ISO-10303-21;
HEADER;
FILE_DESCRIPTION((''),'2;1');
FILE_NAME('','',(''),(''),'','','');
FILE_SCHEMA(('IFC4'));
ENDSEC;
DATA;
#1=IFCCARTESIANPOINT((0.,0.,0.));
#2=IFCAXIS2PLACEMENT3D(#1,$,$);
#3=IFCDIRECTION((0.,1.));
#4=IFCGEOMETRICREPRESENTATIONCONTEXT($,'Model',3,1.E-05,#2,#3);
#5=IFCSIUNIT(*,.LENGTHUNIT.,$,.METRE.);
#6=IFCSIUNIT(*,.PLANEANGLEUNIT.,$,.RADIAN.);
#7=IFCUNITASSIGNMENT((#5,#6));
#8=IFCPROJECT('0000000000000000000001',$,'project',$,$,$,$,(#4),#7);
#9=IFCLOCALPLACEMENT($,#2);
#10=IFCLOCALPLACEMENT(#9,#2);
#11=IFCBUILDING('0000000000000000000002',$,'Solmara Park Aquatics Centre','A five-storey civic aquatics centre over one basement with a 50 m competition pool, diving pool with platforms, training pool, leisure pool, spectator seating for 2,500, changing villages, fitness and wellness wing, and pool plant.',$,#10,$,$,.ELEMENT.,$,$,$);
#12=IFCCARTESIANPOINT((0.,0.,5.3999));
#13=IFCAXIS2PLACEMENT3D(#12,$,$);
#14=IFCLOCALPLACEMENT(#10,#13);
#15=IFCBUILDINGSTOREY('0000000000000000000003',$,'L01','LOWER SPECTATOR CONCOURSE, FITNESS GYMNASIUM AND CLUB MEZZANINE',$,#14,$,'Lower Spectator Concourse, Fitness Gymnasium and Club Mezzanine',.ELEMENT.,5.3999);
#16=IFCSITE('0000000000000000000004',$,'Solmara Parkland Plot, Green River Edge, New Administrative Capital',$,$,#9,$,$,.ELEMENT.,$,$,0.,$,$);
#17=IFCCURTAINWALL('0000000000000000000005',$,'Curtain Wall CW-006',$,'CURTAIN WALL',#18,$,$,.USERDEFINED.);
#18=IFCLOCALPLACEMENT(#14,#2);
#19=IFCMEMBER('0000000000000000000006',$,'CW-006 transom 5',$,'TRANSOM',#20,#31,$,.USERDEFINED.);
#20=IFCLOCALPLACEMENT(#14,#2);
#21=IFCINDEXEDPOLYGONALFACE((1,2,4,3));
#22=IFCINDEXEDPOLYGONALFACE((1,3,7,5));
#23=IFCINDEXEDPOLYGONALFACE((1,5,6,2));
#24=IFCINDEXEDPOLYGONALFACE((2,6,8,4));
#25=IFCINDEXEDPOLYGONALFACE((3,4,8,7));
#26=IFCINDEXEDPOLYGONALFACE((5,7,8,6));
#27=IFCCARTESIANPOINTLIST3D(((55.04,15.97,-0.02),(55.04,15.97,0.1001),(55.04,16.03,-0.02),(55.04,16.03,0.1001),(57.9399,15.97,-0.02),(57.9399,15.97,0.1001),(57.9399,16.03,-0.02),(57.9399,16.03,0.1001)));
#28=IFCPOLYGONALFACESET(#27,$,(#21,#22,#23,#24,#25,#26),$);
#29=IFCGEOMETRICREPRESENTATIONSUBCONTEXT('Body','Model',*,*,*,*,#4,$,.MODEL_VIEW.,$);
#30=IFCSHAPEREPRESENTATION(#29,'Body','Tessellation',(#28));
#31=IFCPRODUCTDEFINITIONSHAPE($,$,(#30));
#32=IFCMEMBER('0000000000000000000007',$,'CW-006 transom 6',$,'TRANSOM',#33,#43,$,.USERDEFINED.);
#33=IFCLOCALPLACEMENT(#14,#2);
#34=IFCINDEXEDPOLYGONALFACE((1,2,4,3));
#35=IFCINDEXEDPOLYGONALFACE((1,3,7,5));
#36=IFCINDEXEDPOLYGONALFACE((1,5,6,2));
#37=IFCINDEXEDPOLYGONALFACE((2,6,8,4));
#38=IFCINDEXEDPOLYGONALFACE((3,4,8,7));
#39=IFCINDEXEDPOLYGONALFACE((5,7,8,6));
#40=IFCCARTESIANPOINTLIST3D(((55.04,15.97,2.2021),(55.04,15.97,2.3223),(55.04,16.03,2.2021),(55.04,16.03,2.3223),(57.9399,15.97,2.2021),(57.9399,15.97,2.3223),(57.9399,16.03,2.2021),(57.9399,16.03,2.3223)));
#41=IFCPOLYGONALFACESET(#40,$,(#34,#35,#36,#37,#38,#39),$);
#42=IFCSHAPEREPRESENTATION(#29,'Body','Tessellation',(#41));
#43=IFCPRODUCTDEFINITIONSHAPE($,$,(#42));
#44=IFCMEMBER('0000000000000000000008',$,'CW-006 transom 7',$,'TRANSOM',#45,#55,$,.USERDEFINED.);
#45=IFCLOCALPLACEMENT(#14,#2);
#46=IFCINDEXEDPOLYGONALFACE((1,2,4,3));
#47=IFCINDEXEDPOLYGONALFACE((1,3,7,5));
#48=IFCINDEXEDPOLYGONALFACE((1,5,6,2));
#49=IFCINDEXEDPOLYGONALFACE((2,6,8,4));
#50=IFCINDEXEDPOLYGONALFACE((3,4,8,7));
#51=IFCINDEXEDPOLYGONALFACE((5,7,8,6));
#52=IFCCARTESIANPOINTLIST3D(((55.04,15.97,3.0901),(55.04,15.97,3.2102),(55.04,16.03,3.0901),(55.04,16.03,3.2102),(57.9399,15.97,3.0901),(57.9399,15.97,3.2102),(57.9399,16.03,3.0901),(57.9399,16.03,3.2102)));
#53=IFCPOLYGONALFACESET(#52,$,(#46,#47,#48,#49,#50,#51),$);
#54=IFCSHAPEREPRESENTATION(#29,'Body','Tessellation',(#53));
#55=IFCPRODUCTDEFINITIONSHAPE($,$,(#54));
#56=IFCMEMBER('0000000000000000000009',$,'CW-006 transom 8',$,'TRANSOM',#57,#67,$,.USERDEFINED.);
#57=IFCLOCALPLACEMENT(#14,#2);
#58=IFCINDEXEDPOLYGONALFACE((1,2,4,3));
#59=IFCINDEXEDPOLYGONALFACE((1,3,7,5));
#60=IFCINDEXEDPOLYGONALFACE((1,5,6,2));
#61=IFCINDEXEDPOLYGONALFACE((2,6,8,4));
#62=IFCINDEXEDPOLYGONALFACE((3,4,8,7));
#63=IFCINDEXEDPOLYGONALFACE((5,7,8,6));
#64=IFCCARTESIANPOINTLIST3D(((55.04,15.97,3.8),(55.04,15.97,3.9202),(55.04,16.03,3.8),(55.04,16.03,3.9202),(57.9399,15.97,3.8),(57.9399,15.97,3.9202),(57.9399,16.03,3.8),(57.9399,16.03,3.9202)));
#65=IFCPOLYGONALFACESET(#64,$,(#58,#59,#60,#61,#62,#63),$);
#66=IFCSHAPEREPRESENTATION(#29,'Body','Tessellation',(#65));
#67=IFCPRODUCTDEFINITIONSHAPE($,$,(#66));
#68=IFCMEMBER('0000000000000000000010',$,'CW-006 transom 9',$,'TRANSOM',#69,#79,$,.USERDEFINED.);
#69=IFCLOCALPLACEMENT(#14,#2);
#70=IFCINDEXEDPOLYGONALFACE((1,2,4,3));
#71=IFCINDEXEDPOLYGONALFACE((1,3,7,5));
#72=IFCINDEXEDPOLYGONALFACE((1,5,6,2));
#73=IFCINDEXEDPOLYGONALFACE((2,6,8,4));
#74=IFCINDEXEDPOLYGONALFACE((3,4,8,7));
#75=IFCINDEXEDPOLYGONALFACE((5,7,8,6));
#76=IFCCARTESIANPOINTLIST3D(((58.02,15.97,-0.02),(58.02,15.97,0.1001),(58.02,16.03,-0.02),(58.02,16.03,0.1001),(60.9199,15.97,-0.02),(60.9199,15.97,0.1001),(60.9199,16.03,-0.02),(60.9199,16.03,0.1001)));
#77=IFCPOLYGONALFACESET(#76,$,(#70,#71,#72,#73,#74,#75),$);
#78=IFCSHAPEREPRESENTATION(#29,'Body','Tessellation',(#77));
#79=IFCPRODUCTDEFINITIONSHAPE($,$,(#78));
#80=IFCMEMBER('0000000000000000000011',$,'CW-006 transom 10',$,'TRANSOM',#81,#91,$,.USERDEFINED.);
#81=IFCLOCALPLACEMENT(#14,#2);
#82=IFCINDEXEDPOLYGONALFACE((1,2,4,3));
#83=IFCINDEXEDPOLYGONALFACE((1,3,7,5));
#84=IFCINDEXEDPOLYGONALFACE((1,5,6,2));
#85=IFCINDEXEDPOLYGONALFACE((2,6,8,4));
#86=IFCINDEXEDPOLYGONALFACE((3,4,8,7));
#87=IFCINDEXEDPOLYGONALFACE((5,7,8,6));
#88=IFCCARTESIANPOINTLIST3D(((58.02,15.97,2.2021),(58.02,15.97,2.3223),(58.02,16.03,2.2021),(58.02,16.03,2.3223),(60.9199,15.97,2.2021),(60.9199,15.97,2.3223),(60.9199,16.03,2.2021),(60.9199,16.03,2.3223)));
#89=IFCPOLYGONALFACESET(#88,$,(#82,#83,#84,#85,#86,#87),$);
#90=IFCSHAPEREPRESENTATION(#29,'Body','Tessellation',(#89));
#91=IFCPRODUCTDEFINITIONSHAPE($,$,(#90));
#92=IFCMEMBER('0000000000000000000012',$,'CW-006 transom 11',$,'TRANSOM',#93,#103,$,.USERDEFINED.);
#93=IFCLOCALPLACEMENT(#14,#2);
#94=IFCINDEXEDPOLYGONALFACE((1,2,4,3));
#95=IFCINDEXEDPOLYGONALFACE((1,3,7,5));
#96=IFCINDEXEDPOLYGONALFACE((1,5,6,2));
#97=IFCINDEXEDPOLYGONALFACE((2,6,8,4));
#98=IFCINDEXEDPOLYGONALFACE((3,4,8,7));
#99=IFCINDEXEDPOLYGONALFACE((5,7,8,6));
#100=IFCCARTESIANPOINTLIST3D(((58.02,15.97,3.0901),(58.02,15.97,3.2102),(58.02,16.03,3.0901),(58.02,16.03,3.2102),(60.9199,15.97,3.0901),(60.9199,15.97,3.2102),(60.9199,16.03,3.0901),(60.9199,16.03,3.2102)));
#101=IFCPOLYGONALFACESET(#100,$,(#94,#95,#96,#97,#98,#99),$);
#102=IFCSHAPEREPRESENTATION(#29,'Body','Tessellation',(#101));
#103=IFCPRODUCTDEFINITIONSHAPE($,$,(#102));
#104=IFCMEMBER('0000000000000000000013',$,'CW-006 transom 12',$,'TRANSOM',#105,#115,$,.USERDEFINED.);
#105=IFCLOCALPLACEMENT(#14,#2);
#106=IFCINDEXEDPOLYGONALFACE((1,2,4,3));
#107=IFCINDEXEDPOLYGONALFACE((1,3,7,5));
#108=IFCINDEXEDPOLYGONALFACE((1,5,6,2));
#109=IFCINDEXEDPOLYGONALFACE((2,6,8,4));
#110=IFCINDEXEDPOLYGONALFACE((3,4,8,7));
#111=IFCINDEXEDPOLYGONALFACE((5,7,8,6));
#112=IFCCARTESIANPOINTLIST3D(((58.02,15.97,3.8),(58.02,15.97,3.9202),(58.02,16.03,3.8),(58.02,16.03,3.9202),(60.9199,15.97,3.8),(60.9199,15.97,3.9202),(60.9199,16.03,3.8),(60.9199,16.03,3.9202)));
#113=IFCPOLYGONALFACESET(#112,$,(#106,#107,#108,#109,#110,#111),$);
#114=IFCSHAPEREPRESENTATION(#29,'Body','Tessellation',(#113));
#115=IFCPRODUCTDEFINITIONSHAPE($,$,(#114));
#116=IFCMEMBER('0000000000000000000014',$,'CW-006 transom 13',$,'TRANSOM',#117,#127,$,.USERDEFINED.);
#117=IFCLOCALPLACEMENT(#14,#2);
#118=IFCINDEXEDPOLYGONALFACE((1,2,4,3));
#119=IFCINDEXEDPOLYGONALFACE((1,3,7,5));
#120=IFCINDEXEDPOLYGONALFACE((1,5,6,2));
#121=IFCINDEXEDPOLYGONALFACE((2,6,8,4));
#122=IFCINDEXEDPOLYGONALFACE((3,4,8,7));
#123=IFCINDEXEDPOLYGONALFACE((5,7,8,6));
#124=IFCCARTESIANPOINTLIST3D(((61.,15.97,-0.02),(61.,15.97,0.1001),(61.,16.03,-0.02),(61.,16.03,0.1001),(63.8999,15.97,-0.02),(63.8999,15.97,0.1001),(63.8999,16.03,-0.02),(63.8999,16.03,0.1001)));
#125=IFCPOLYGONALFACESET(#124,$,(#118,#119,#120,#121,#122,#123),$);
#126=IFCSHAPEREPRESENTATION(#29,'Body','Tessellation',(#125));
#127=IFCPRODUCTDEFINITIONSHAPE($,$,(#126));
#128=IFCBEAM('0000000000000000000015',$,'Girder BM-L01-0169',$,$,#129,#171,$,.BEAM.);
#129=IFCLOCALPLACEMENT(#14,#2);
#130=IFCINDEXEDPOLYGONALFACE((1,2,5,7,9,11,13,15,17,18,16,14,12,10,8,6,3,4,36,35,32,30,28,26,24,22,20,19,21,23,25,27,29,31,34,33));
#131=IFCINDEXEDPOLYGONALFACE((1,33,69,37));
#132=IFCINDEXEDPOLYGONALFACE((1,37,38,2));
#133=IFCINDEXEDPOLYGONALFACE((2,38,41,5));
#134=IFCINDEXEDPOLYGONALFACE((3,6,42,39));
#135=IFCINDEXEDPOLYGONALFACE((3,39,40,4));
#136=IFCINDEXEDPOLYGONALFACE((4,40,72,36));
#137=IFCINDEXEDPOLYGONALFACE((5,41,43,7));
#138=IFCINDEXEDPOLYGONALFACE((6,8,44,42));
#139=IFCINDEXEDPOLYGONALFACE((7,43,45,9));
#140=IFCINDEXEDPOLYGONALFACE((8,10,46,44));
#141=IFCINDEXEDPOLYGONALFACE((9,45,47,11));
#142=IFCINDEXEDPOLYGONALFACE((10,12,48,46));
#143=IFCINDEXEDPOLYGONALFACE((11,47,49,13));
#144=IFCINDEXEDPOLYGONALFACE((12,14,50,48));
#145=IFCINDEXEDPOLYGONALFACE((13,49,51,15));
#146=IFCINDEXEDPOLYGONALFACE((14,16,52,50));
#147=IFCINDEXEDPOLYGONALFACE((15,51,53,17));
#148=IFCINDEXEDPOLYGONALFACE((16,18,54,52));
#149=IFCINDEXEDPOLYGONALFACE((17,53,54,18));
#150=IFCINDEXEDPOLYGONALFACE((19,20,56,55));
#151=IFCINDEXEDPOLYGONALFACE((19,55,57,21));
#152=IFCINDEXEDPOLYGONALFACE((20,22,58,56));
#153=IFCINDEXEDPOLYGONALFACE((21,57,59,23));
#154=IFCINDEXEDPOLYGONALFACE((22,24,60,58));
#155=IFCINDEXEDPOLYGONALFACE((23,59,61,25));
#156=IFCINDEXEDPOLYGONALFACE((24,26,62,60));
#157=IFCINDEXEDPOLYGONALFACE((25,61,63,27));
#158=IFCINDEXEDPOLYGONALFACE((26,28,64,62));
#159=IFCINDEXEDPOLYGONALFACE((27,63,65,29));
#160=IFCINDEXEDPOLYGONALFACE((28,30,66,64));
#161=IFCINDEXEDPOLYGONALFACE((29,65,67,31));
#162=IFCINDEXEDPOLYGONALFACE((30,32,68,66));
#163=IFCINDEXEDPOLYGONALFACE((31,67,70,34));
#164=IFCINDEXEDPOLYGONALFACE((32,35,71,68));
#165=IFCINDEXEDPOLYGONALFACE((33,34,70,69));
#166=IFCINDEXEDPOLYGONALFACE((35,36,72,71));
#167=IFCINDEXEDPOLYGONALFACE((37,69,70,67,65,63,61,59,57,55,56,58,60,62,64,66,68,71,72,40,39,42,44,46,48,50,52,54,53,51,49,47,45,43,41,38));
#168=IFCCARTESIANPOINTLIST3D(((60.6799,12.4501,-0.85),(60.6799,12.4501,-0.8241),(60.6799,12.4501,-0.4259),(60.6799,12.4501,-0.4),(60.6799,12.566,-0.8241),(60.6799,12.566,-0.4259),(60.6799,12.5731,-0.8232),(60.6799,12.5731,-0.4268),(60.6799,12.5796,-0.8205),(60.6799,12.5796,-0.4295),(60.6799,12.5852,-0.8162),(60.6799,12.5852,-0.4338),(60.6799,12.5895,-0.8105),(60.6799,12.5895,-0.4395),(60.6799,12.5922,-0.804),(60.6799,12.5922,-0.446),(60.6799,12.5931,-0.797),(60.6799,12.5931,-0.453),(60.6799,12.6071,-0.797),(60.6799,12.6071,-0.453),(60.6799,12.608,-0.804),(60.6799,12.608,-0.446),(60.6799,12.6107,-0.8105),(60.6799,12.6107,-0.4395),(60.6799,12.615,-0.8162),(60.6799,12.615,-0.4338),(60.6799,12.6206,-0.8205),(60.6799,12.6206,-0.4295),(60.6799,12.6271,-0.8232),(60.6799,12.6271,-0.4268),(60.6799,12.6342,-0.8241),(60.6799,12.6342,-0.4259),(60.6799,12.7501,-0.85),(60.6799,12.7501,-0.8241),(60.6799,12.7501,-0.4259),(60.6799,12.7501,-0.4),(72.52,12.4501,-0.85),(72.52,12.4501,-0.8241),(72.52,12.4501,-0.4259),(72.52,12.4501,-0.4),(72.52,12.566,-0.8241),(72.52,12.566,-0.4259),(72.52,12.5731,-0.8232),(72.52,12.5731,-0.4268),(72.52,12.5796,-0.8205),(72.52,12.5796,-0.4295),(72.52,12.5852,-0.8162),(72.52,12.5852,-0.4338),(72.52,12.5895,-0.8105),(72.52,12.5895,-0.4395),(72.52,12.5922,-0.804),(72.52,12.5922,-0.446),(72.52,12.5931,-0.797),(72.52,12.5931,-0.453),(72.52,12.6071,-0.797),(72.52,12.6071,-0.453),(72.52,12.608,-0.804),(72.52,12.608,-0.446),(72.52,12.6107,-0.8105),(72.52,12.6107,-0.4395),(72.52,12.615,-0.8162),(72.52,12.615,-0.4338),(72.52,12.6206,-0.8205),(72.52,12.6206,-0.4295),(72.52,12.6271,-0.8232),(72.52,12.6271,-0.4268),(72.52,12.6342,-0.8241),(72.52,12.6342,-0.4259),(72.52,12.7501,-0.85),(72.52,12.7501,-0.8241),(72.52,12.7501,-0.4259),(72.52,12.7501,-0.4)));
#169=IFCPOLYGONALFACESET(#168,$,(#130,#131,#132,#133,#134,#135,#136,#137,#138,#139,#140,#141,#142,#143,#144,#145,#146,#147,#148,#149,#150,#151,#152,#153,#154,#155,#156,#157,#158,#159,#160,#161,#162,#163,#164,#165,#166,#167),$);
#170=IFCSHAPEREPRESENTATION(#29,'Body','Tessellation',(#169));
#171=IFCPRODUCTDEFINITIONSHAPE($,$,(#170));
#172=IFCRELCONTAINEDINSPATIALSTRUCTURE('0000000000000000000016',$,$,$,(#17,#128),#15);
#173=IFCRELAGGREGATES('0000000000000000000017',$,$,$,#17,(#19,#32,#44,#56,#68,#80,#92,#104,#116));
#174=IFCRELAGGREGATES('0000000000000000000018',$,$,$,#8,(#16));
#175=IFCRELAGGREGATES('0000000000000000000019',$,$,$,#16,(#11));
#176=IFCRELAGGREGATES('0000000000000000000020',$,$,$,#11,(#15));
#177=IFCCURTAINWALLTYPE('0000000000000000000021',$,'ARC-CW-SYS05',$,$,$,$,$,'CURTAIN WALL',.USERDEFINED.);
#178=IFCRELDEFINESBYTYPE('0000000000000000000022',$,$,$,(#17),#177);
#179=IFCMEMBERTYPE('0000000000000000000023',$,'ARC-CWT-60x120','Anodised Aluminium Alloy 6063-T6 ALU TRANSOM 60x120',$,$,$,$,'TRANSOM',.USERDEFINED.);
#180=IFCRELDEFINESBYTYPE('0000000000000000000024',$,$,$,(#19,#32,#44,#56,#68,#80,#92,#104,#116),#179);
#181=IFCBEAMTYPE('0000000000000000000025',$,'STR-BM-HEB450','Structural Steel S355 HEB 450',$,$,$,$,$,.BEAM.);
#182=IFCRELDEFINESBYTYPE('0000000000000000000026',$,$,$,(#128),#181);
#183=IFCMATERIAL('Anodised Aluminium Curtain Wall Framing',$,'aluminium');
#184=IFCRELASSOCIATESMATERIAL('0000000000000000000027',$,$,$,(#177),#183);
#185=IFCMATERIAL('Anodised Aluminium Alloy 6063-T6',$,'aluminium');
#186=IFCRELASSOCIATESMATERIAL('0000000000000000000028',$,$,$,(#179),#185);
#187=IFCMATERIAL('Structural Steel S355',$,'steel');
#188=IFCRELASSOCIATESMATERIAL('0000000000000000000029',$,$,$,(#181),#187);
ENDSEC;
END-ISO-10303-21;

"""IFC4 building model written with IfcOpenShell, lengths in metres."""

from ifc_helpers import new_model, si_unit, direction, frame, origin, origin_2d, place, context, subcontext, project, spatial, rectangle, i_section, extrude, material, material_profile, profile_set, type_object, element, aggregate, save


model = new_model("IFC4")

# Units and contexts
model_context = context("Model", 3, precision=1e-05, world=origin(), true_north=direction((0.0, 1.0)))
body_context = subcontext(model_context, "Body", "Model", "MODEL_VIEW")
ifc_project = project(units=[si_unit("LENGTHUNIT", "METRE"), si_unit("PLANEANGLEUNIT", "RADIAN")], contexts=[model_context])

# Site, building, storey
site_placement = place(None, origin())
site = spatial("IfcSite", under=ifc_project, at=site_placement, Name="Solmara Parkland Plot, Green River Edge, New Administrative Capital", CompositionType="ELEMENT", RefElevation=0.0)
building_placement = place(site_placement, origin())
building = spatial("IfcBuilding", under=site, at=building_placement, Name="Solmara Park Aquatics Centre", Description="A five-storey civic aquatics centre over one basement with a 50 m competition pool, diving pool with platforms, training pool, leisure pool, spectator seating for 2,500, changing villages, fitness and wellness wing, and pool plant.", CompositionType="ELEMENT")
storey_placement = place(building_placement, frame((0.0, 0.0, 5.3999)))
storey = spatial("IfcBuildingStorey", under=building, at=storey_placement, Name="L01", Description="LOWER SPECTATOR CONCOURSE, FITNESS GYMNASIUM AND CLUB MEZZANINE", LongName="Lower Spectator Concourse, Fitness Gymnasium and Club Mezzanine", CompositionType="ELEMENT", Elevation=5.3999)

# Shared definitions
ifc_material_1 = material(Name="Structural Steel S355", Category="steel")

# Shared definitions
ifc_material_2 = material(Name="Anodised Aluminium Curtain Wall Framing", Category="aluminium")
curtain_wall_type = type_object("IfcCurtainWallType", Name="ARC-CW-SYS05", ElementType="CURTAIN WALL", PredefinedType="USERDEFINED", material=ifc_material_2)
ifc_material_3 = material(Name="Anodised Aluminium Alloy 6063-T6", Category="aluminium")

# Curtain wall
curtain_wall_1_placement = place(storey_placement, origin())
curtain_wall_1 = element("IfcCurtainWall", 1, at=curtain_wall_1_placement, inside=storey, type_object=curtain_wall_type, Name="Curtain Wall CW-006", ObjectType="CURTAIN WALL", PredefinedType="USERDEFINED")

# Members
ifc_material_profile_1 = material_profile(ifc_material_3, rectangle(XDim=0.0601, YDim=0.1201, at=origin_2d()), Name="ALU TRANSOM 60x120")
ifc_profile_set_1 = profile_set([ifc_material_profile_1], Name="Anodised Aluminium Alloy 6063-T6")
member_type_1 = type_object("IfcMemberType", Name="ARC-CWT-60x120", Description="Anodised Aluminium Alloy 6063-T6 ALU TRANSOM 60x120", ElementType="TRANSOM", PredefinedType="USERDEFINED", material=ifc_profile_set_1)
member_1_placement = place(storey_placement, frame((55.04, 16.0, 0.04), z_axis=(1.0, 0.0, 0.0), x_axis=(0.0, 1.0, 0.0)))
member_1 = element("IfcMember", 2, at=member_1_placement, type_object=member_type_1, Name="CW-006 transom 5", ObjectType="TRANSOM", PredefinedType="USERDEFINED", context=body_context, shape_type="SweptSolid", body=[
    extrude(rectangle(XDim=0.0601, YDim=0.1201, at=origin_2d()), origin(), (0.0, 0.0, 1.0), 2.8999),
])
member_2_placement = place(storey_placement, frame((55.04, 16.0, 2.2622), z_axis=(1.0, 0.0, 0.0), x_axis=(0.0, 1.0, 0.0)))
member_2 = element("IfcMember", 3, at=member_2_placement, type_object=member_type_1, Name="CW-006 transom 6", ObjectType="TRANSOM", PredefinedType="USERDEFINED", context=body_context, shape_type="SweptSolid", body=[
    extrude(rectangle(XDim=0.0601, YDim=0.1201, at=origin_2d()), origin(), (0.0, 0.0, 1.0), 2.8999),
])
member_3_placement = place(storey_placement, frame((55.04, 16.0, 3.1501), z_axis=(1.0, 0.0, 0.0), x_axis=(0.0, 1.0, 0.0)))
member_3 = element("IfcMember", 4, at=member_3_placement, type_object=member_type_1, Name="CW-006 transom 7", ObjectType="TRANSOM", PredefinedType="USERDEFINED", context=body_context, shape_type="SweptSolid", body=[
    extrude(rectangle(XDim=0.0601, YDim=0.1201, at=origin_2d()), origin(), (0.0, 0.0, 1.0), 2.8999),
])
member_4_placement = place(storey_placement, frame((55.04, 16.0, 3.8601), z_axis=(1.0, 0.0, 0.0), x_axis=(0.0, 1.0, 0.0)))
member_4 = element("IfcMember", 5, at=member_4_placement, type_object=member_type_1, Name="CW-006 transom 8", ObjectType="TRANSOM", PredefinedType="USERDEFINED", context=body_context, shape_type="SweptSolid", body=[
    extrude(rectangle(XDim=0.0601, YDim=0.1201, at=origin_2d()), origin(), (0.0, 0.0, 1.0), 2.8999),
])
member_5_placement = place(storey_placement, frame((58.02, 16.0, 0.04), z_axis=(1.0, 0.0, 0.0), x_axis=(0.0, 1.0, 0.0)))
member_5 = element("IfcMember", 6, at=member_5_placement, type_object=member_type_1, Name="CW-006 transom 9", ObjectType="TRANSOM", PredefinedType="USERDEFINED", context=body_context, shape_type="SweptSolid", body=[
    extrude(rectangle(XDim=0.0601, YDim=0.1201, at=origin_2d()), origin(), (0.0, 0.0, 1.0), 2.8999),
])
member_6_placement = place(storey_placement, frame((58.02, 16.0, 2.2622), z_axis=(1.0, 0.0, 0.0), x_axis=(0.0, 1.0, 0.0)))
member_6 = element("IfcMember", 7, at=member_6_placement, type_object=member_type_1, Name="CW-006 transom 10", ObjectType="TRANSOM", PredefinedType="USERDEFINED", context=body_context, shape_type="SweptSolid", body=[
    extrude(rectangle(XDim=0.0601, YDim=0.1201, at=origin_2d()), origin(), (0.0, 0.0, 1.0), 2.8999),
])
member_7_placement = place(storey_placement, frame((58.02, 16.0, 3.1501), z_axis=(1.0, 0.0, 0.0), x_axis=(0.0, 1.0, 0.0)))
member_7 = element("IfcMember", 8, at=member_7_placement, type_object=member_type_1, Name="CW-006 transom 11", ObjectType="TRANSOM", PredefinedType="USERDEFINED", context=body_context, shape_type="SweptSolid", body=[
    extrude(rectangle(XDim=0.0601, YDim=0.1201, at=origin_2d()), origin(), (0.0, 0.0, 1.0), 2.8999),
])
member_8_placement = place(storey_placement, frame((58.02, 16.0, 3.8601), z_axis=(1.0, 0.0, 0.0), x_axis=(0.0, 1.0, 0.0)))
member_8 = element("IfcMember", 9, at=member_8_placement, type_object=member_type_1, Name="CW-006 transom 12", ObjectType="TRANSOM", PredefinedType="USERDEFINED", context=body_context, shape_type="SweptSolid", body=[
    extrude(rectangle(XDim=0.0601, YDim=0.1201, at=origin_2d()), origin(), (0.0, 0.0, 1.0), 2.8999),
])
member_9_placement = place(storey_placement, frame((61.0, 16.0, 0.04), z_axis=(1.0, 0.0, 0.0), x_axis=(0.0, 1.0, 0.0)))
member_9 = element("IfcMember", 10, at=member_9_placement, type_object=member_type_1, Name="CW-006 transom 13", ObjectType="TRANSOM", PredefinedType="USERDEFINED", context=body_context, shape_type="SweptSolid", body=[
    extrude(rectangle(XDim=0.0601, YDim=0.1201, at=origin_2d()), origin(), (0.0, 0.0, 1.0), 2.8999),
])

# Beam
ifc_material_profile_2 = material_profile(ifc_material_1, i_section(OverallWidth=0.3, OverallDepth=0.45, WebThickness=0.0139, FlangeThickness=0.0259, FilletRadius=0.0271, at=origin_2d()), Name="HEB 450")
ifc_profile_set_2 = profile_set([ifc_material_profile_2], Name="Structural Steel S355")
beam_type_1 = type_object("IfcBeamType", Name="STR-BM-HEB450", Description="Structural Steel S355 HEB 450", PredefinedType="BEAM", material=ifc_profile_set_2)
beam_1_placement = place(storey_placement, frame((60.6799, 12.6001, -0.625), z_axis=(1.0, 0.0, 0.0), x_axis=(0.0, 1.0, 0.0)))
element("IfcBeam", 11, at=beam_1_placement, inside=storey, type_object=beam_type_1, Name="Girder BM-L01-0169", PredefinedType="BEAM", context=body_context, shape_type="SweptSolid", body=[
    extrude(i_section(OverallWidth=0.3, OverallDepth=0.45, WebThickness=0.0139, FlangeThickness=0.0259, FilletRadius=0.0271, at=origin_2d()), origin(), (0.0, 0.0, 1.0), 11.8401),
])

aggregate(curtain_wall_1, [member_1, member_2, member_3, member_4, member_5, member_6, member_7, member_8, member_9])

save(model, "model.ifc")
